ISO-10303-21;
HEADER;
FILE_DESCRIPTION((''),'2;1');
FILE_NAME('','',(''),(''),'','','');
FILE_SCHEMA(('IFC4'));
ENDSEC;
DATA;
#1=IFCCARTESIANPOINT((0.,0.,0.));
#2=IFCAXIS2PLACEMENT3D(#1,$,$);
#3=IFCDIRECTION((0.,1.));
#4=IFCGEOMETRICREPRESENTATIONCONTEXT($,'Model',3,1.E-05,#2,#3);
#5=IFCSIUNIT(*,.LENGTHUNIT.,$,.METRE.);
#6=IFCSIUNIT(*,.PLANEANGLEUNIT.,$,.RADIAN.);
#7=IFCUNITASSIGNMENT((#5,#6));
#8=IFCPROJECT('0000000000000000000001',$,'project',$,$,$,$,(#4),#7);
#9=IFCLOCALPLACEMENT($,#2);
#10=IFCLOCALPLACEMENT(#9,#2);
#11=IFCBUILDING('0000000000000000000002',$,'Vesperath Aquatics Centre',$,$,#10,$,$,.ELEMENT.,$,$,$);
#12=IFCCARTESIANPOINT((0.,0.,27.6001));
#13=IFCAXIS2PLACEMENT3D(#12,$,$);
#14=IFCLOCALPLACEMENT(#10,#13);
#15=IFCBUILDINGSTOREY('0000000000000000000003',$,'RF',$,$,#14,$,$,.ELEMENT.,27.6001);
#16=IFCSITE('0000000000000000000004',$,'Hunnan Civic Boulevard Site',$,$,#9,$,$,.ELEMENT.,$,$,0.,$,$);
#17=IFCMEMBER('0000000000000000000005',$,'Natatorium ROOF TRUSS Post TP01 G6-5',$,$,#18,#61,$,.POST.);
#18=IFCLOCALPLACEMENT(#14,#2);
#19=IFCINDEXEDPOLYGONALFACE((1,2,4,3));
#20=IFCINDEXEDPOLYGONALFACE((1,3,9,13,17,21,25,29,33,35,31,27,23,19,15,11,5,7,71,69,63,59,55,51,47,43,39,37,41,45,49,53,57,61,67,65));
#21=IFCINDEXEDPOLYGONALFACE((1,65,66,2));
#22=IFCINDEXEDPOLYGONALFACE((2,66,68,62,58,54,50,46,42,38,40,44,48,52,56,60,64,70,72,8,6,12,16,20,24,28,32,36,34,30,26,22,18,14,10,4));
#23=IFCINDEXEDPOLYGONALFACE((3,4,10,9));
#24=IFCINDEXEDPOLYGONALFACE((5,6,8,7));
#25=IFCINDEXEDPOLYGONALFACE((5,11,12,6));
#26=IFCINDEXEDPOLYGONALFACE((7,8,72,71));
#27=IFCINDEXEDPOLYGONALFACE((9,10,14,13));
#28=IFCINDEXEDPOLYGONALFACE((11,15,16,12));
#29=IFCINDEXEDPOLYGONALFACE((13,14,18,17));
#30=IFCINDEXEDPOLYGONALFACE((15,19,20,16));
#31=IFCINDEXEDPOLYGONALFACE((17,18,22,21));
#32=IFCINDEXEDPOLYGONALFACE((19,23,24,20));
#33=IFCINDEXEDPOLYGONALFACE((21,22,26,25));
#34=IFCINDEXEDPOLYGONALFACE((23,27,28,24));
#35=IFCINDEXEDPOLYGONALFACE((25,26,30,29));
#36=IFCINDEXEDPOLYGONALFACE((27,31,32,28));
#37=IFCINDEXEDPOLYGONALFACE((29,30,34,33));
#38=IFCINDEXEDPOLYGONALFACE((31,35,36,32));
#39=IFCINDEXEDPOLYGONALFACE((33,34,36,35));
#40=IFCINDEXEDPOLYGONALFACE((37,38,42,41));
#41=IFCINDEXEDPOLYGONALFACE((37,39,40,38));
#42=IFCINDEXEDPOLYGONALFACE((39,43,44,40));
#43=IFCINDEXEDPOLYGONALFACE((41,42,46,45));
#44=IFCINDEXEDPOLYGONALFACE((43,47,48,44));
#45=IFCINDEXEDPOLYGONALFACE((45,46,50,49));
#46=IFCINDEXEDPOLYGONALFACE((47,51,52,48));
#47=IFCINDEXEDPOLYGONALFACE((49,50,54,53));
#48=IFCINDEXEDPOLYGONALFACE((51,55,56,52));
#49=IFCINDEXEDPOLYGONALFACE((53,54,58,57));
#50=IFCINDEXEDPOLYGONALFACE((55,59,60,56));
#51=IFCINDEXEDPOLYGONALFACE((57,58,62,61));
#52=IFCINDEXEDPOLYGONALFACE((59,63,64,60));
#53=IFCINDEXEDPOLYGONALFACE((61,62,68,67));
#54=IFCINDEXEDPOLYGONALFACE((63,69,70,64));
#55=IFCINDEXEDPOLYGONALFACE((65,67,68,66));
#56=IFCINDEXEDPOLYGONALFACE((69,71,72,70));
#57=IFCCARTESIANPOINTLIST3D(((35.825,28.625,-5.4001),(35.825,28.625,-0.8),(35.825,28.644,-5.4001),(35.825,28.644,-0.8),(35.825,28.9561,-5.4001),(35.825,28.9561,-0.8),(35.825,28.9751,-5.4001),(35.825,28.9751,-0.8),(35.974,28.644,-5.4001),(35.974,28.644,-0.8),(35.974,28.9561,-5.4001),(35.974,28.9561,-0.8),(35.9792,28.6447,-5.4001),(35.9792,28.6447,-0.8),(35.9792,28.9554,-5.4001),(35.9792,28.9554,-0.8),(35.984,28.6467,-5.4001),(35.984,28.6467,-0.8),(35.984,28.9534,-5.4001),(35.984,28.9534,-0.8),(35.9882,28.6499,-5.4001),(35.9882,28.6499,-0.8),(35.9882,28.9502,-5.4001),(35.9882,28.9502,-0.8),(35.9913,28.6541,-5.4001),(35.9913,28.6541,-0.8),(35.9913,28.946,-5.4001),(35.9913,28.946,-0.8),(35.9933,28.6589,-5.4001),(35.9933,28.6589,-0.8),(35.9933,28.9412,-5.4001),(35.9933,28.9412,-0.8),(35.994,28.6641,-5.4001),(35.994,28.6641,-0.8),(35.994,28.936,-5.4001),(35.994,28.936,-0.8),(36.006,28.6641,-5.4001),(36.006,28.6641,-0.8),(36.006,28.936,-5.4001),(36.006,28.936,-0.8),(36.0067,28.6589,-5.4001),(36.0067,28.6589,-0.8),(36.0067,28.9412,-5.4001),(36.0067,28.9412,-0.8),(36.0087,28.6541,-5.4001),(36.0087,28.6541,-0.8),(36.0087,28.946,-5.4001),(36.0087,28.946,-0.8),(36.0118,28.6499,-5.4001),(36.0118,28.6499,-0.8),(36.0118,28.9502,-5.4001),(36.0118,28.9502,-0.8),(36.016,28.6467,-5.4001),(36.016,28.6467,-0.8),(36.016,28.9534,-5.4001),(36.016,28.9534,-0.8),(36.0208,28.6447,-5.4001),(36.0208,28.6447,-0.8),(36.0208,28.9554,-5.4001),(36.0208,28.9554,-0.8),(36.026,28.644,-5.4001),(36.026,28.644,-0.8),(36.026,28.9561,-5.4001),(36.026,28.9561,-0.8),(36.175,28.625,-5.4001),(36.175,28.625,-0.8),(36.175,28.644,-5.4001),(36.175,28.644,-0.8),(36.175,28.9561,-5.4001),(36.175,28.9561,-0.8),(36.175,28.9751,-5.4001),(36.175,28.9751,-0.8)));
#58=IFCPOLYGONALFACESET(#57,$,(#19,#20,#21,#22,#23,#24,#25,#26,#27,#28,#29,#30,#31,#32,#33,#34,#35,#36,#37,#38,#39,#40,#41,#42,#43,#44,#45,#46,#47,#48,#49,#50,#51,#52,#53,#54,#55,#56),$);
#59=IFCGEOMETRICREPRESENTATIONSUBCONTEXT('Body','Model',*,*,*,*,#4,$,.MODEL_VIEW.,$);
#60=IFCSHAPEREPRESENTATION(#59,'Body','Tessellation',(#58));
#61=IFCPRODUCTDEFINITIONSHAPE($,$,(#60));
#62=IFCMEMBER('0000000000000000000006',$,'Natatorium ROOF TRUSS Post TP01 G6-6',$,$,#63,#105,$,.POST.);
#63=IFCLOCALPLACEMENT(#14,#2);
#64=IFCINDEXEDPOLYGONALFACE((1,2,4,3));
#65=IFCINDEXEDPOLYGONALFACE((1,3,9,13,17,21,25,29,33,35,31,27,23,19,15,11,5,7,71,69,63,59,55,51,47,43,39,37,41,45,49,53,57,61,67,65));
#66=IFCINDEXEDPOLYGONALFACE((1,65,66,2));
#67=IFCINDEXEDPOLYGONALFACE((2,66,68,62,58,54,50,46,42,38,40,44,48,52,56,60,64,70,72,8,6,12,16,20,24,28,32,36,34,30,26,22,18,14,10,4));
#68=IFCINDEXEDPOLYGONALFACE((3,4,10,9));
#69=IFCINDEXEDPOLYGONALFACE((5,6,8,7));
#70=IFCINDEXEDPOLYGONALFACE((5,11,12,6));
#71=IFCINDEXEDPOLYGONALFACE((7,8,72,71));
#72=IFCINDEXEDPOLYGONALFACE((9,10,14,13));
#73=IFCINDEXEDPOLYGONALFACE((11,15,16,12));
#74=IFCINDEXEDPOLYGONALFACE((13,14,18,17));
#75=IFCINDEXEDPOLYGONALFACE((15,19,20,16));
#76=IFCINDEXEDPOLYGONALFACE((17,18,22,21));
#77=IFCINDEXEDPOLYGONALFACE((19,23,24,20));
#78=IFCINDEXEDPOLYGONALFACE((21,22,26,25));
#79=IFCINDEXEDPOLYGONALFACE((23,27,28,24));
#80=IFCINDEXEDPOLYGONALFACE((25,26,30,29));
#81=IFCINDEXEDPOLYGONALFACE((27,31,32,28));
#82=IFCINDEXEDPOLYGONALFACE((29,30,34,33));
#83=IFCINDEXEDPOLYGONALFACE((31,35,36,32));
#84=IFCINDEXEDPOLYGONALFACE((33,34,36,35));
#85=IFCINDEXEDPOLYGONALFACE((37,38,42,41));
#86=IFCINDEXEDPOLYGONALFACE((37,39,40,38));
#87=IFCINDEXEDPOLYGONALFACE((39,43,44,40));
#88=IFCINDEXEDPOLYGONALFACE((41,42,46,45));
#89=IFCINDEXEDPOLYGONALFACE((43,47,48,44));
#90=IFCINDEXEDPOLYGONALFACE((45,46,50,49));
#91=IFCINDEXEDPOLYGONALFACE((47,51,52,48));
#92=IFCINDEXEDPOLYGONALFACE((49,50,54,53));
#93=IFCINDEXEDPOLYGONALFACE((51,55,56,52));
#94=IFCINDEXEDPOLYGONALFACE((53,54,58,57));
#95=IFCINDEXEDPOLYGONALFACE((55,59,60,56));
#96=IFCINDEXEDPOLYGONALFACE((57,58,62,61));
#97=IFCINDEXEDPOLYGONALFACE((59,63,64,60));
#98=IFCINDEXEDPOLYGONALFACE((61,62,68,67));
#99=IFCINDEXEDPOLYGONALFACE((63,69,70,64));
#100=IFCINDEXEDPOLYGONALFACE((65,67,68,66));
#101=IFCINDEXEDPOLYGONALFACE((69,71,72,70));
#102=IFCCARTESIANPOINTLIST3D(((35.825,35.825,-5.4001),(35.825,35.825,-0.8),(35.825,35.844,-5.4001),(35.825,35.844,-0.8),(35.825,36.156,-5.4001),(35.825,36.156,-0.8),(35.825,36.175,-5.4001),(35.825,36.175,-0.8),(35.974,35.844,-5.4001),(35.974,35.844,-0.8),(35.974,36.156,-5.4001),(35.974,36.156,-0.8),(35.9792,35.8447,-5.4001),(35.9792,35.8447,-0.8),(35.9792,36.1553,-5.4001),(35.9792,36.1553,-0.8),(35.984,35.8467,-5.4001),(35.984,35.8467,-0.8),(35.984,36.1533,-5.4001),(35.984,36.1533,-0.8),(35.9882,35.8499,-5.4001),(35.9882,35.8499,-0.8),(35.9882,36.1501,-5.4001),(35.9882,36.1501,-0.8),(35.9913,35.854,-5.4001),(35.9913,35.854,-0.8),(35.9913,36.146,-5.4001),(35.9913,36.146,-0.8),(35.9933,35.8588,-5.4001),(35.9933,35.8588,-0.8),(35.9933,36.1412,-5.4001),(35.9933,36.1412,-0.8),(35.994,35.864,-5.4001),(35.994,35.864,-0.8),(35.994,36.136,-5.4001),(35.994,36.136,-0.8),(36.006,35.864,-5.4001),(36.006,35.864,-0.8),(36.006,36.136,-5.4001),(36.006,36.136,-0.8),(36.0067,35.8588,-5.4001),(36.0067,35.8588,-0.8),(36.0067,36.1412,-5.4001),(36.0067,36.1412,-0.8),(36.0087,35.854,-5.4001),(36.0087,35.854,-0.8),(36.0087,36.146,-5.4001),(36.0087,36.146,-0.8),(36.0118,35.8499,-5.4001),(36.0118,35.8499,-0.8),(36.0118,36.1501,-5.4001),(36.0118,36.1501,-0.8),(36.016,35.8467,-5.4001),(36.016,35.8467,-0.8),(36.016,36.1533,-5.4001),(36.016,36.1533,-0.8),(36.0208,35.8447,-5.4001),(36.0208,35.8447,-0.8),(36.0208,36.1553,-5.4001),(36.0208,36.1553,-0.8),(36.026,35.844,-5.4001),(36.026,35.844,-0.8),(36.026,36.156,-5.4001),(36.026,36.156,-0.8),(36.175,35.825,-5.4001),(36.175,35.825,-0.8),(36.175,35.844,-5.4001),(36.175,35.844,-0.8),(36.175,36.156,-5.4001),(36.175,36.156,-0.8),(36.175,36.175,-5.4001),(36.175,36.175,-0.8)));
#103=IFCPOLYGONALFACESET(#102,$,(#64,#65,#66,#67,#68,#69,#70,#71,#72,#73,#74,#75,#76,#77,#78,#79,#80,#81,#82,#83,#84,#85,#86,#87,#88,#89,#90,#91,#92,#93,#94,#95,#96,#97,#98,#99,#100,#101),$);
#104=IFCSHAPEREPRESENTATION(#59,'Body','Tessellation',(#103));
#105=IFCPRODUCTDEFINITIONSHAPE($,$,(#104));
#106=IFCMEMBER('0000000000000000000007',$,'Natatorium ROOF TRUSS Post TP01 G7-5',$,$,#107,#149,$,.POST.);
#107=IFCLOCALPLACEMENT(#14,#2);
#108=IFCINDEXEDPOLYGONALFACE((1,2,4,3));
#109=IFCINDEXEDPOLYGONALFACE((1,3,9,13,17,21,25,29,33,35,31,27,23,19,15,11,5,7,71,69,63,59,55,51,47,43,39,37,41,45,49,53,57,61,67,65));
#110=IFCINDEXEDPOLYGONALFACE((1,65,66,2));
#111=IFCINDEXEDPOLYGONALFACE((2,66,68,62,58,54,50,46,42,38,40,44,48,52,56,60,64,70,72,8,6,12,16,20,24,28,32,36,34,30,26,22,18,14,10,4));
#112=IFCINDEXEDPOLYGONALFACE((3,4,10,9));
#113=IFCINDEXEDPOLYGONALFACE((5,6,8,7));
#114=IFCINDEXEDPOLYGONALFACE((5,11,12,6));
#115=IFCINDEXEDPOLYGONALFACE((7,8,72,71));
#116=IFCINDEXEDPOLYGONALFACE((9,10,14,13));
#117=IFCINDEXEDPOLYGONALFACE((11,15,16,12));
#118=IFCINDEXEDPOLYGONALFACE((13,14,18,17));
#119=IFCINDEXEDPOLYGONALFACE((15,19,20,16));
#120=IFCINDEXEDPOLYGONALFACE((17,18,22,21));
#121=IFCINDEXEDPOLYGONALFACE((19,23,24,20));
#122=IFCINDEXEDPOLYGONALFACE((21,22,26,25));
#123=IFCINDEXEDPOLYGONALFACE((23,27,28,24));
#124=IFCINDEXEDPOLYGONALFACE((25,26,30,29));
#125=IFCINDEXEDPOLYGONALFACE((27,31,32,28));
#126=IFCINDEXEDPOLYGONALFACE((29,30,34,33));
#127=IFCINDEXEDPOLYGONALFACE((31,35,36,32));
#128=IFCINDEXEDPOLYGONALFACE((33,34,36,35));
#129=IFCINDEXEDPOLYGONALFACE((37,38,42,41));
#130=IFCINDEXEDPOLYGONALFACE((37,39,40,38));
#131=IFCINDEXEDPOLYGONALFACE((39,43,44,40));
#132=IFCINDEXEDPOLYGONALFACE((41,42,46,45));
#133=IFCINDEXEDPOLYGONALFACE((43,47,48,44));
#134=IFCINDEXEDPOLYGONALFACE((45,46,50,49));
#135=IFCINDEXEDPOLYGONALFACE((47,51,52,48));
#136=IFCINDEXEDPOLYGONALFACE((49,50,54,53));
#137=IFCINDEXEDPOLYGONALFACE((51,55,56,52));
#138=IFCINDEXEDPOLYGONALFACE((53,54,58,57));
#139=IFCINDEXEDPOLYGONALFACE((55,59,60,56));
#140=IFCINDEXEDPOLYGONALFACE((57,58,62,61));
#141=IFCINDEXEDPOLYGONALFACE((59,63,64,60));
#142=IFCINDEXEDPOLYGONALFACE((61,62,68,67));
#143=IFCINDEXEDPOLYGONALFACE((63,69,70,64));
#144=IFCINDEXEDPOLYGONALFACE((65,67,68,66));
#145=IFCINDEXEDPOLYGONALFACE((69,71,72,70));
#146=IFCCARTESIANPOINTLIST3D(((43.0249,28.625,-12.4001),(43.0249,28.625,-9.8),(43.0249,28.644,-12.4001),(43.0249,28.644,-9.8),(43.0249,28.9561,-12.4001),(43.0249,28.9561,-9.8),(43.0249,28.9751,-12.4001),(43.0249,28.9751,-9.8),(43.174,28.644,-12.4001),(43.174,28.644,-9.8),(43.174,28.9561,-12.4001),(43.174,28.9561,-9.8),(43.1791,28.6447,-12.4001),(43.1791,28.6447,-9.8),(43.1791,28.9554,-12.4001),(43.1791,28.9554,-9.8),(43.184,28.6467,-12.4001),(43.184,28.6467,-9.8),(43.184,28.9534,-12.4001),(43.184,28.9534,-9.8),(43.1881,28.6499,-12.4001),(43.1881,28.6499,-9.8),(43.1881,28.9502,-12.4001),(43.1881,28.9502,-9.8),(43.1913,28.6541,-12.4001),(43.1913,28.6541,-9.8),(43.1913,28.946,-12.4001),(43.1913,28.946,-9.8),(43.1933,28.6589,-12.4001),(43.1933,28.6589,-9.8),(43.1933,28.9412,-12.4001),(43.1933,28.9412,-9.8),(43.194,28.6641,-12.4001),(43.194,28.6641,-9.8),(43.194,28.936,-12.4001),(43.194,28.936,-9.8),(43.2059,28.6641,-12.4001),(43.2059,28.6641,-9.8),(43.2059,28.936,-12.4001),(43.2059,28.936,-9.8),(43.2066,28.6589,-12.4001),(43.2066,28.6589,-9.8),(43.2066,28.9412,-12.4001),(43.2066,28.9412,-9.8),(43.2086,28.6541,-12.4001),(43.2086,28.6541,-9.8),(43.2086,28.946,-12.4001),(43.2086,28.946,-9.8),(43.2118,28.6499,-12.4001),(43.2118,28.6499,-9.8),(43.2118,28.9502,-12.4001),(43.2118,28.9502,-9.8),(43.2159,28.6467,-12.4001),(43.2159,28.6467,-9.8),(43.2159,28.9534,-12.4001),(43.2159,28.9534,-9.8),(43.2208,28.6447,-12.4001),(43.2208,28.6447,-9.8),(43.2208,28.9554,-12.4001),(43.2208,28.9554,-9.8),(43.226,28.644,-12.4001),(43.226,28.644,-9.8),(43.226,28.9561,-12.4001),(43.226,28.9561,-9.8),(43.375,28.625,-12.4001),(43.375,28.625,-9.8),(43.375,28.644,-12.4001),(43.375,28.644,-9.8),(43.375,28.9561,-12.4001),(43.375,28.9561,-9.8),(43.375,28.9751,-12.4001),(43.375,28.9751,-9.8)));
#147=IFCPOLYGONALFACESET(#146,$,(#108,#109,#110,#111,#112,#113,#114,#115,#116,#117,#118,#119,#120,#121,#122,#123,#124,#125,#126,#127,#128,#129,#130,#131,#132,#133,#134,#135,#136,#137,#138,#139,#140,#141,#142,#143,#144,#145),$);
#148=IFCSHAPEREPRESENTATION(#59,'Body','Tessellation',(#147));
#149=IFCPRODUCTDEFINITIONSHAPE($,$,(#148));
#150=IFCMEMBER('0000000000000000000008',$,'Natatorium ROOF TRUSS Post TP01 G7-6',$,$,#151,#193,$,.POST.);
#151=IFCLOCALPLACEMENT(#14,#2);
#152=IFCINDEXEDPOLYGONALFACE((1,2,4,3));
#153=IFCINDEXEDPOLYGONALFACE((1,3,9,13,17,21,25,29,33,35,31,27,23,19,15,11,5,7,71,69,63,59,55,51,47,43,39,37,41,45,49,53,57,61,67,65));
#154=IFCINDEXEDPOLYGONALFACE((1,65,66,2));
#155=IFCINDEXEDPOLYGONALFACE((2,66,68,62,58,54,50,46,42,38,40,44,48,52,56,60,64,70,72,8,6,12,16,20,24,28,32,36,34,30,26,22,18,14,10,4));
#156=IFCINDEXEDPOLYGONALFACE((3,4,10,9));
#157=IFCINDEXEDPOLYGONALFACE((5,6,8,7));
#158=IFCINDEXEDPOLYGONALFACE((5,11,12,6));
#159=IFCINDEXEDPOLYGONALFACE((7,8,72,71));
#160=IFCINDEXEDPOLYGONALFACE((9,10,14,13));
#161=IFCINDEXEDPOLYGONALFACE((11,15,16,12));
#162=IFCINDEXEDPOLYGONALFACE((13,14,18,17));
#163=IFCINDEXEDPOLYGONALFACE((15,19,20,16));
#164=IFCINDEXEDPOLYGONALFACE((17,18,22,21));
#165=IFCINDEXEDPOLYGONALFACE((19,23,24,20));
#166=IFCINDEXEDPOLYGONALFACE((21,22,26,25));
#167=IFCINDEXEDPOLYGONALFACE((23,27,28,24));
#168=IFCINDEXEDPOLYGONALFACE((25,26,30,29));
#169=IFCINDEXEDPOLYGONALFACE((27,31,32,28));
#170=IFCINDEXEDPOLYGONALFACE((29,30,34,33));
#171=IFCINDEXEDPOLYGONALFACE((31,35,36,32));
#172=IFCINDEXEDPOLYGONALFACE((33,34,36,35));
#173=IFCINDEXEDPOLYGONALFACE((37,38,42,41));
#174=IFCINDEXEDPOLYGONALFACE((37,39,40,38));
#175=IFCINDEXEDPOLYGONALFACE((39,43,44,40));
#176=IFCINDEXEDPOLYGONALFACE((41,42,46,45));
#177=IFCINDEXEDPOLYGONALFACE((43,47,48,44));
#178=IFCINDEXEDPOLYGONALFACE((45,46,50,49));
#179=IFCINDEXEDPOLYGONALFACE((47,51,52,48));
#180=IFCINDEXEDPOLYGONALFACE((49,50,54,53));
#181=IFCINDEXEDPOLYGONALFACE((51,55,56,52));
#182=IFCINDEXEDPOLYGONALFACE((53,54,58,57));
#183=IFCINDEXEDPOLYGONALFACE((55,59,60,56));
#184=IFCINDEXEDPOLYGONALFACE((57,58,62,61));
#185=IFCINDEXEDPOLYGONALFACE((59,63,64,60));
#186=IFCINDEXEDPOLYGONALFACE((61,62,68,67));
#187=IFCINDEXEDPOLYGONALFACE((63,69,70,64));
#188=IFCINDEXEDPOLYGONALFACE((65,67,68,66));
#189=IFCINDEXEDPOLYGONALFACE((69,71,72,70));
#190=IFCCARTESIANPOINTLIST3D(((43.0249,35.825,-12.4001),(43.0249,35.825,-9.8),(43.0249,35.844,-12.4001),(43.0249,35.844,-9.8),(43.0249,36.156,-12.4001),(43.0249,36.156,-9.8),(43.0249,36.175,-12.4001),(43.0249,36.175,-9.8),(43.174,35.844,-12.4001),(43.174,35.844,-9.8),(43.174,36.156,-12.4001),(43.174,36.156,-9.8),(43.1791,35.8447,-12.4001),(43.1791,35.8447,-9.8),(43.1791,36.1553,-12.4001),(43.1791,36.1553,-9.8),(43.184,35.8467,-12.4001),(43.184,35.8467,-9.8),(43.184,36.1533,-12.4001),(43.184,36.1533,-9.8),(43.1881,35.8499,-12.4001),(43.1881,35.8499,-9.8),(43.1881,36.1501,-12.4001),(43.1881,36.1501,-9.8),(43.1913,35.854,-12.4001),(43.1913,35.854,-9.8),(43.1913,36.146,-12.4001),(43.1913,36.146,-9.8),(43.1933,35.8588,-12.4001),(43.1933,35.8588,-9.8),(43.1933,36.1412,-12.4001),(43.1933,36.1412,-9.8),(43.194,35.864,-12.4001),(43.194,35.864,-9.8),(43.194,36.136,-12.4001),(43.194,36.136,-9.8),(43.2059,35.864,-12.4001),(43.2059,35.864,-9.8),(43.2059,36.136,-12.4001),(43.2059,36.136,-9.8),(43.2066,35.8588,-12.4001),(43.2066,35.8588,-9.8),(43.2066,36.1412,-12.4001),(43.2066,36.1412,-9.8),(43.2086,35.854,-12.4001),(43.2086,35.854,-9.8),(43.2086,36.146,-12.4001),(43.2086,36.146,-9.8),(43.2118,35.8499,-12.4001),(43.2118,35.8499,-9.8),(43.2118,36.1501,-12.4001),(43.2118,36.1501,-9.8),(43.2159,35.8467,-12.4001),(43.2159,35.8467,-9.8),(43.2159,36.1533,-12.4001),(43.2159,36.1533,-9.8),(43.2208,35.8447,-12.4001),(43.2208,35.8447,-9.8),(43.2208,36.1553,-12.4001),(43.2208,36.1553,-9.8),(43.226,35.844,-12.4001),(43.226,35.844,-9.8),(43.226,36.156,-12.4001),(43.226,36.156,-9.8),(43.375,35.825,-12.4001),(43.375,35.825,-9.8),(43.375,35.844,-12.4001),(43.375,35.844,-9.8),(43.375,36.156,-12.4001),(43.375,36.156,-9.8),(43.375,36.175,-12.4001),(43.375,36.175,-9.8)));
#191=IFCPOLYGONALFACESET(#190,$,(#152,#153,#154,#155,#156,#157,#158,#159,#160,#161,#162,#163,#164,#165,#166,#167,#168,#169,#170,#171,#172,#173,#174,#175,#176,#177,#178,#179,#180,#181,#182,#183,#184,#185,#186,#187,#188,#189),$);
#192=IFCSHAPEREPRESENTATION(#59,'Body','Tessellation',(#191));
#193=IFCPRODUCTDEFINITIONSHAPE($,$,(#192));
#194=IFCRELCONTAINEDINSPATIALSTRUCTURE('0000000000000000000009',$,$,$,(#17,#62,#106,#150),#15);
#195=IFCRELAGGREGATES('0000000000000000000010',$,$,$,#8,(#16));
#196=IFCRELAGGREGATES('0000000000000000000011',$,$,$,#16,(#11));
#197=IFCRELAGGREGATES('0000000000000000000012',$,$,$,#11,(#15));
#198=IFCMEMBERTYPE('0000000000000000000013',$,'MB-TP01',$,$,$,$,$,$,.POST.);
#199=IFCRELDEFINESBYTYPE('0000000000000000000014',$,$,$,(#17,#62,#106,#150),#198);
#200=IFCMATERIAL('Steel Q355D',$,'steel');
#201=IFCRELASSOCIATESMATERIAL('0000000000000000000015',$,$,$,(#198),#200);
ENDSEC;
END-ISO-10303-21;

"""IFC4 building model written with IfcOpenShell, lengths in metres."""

from ifc_helpers import new_model, si_unit, direction, frame, origin, origin_2d, place, context, subcontext, project, spatial, i_section, extrude, material, material_profile, profile_set, type_object, element, save


model = new_model("IFC4")

# Units and contexts
model_context = context("Model", 3, precision=1e-05, world=origin(), true_north=direction((0.0, 1.0)))
body_context = subcontext(model_context, "Body", "Model", "MODEL_VIEW")
ifc_project = project(units=[si_unit("LENGTHUNIT", "METRE"), si_unit("PLANEANGLEUNIT", "RADIAN")], contexts=[model_context])

# Site, building, storey
site_placement = place(None, origin())
site = spatial("IfcSite", under=ifc_project, at=site_placement, Name="Hunnan Civic Boulevard Site", CompositionType="ELEMENT", RefElevation=0.0)
building_placement = place(site_placement, origin())
building = spatial("IfcBuilding", under=site, at=building_placement, Name="Vesperath Aquatics Centre", CompositionType="ELEMENT")
storey_placement = place(building_placement, frame((0.0, 0.0, 27.6001)))
storey = spatial("IfcBuildingStorey", under=building, at=storey_placement, Name="RF", CompositionType="ELEMENT", Elevation=27.6001)

# Members
ifc_material_1 = material(Name="Steel Q355D", Category="steel")
ifc_material_profile_1 = material_profile(ifc_material_1, i_section(OverallWidth=0.3501, OverallDepth=0.3501, WebThickness=0.012, FlangeThickness=0.019, FilletRadius=0.02, at=origin_2d()), Name="HW 350x350x12x19")
ifc_profile_set_1 = profile_set([ifc_material_profile_1], Name="Steel Q355D")
member_type_1 = type_object("IfcMemberType", Name="MB-TP01", PredefinedType="POST", material=ifc_profile_set_1)
for number, where, z_axis, x_axis, name in (
    (1, (36.0, 28.8, -5.4001), (0.0, 0.0, 1.0), (1.0, 0.0, 0.0), "Natatorium ROOF TRUSS Post TP01 G6-5"),
    (2, (36.0, 36.0, -5.4001), (0.0, 0.0, 1.0), (1.0, 0.0, 0.0), "Natatorium ROOF TRUSS Post TP01 G6-6"),
):
    element("IfcMember", number, at=place(storey_placement, frame(where, z_axis=z_axis, x_axis=x_axis)), inside=storey, type_object=member_type_1, Name=name, PredefinedType="POST", context=body_context, shape_type="SweptSolid", body=[
        extrude(i_section(OverallWidth=0.3501, OverallDepth=0.3501, WebThickness=0.012, FlangeThickness=0.019, FilletRadius=0.02, at=origin_2d()), origin(), (0.0, 0.0, 1.0), 4.6001),
    ])
for number, where, z_axis, x_axis, name in (
    (3, (43.2, 28.8, -12.4001), (0.0, 0.0, 1.0), (1.0, 0.0, 0.0), "Natatorium ROOF TRUSS Post TP01 G7-5"),
    (4, (43.2, 36.0, -12.4001), (0.0, 0.0, 1.0), (1.0, 0.0, 0.0), "Natatorium ROOF TRUSS Post TP01 G7-6"),
):
    element("IfcMember", number, at=place(storey_placement, frame(where, z_axis=z_axis, x_axis=x_axis)), inside=storey, type_object=member_type_1, Name=name, PredefinedType="POST", context=body_context, shape_type="SweptSolid", body=[
        extrude(i_section(OverallWidth=0.3501, OverallDepth=0.3501, WebThickness=0.012, FlangeThickness=0.019, FilletRadius=0.02, at=origin_2d()), origin(), (0.0, 0.0, 1.0), 2.6001),
    ])

save(model, "model.ifc")
